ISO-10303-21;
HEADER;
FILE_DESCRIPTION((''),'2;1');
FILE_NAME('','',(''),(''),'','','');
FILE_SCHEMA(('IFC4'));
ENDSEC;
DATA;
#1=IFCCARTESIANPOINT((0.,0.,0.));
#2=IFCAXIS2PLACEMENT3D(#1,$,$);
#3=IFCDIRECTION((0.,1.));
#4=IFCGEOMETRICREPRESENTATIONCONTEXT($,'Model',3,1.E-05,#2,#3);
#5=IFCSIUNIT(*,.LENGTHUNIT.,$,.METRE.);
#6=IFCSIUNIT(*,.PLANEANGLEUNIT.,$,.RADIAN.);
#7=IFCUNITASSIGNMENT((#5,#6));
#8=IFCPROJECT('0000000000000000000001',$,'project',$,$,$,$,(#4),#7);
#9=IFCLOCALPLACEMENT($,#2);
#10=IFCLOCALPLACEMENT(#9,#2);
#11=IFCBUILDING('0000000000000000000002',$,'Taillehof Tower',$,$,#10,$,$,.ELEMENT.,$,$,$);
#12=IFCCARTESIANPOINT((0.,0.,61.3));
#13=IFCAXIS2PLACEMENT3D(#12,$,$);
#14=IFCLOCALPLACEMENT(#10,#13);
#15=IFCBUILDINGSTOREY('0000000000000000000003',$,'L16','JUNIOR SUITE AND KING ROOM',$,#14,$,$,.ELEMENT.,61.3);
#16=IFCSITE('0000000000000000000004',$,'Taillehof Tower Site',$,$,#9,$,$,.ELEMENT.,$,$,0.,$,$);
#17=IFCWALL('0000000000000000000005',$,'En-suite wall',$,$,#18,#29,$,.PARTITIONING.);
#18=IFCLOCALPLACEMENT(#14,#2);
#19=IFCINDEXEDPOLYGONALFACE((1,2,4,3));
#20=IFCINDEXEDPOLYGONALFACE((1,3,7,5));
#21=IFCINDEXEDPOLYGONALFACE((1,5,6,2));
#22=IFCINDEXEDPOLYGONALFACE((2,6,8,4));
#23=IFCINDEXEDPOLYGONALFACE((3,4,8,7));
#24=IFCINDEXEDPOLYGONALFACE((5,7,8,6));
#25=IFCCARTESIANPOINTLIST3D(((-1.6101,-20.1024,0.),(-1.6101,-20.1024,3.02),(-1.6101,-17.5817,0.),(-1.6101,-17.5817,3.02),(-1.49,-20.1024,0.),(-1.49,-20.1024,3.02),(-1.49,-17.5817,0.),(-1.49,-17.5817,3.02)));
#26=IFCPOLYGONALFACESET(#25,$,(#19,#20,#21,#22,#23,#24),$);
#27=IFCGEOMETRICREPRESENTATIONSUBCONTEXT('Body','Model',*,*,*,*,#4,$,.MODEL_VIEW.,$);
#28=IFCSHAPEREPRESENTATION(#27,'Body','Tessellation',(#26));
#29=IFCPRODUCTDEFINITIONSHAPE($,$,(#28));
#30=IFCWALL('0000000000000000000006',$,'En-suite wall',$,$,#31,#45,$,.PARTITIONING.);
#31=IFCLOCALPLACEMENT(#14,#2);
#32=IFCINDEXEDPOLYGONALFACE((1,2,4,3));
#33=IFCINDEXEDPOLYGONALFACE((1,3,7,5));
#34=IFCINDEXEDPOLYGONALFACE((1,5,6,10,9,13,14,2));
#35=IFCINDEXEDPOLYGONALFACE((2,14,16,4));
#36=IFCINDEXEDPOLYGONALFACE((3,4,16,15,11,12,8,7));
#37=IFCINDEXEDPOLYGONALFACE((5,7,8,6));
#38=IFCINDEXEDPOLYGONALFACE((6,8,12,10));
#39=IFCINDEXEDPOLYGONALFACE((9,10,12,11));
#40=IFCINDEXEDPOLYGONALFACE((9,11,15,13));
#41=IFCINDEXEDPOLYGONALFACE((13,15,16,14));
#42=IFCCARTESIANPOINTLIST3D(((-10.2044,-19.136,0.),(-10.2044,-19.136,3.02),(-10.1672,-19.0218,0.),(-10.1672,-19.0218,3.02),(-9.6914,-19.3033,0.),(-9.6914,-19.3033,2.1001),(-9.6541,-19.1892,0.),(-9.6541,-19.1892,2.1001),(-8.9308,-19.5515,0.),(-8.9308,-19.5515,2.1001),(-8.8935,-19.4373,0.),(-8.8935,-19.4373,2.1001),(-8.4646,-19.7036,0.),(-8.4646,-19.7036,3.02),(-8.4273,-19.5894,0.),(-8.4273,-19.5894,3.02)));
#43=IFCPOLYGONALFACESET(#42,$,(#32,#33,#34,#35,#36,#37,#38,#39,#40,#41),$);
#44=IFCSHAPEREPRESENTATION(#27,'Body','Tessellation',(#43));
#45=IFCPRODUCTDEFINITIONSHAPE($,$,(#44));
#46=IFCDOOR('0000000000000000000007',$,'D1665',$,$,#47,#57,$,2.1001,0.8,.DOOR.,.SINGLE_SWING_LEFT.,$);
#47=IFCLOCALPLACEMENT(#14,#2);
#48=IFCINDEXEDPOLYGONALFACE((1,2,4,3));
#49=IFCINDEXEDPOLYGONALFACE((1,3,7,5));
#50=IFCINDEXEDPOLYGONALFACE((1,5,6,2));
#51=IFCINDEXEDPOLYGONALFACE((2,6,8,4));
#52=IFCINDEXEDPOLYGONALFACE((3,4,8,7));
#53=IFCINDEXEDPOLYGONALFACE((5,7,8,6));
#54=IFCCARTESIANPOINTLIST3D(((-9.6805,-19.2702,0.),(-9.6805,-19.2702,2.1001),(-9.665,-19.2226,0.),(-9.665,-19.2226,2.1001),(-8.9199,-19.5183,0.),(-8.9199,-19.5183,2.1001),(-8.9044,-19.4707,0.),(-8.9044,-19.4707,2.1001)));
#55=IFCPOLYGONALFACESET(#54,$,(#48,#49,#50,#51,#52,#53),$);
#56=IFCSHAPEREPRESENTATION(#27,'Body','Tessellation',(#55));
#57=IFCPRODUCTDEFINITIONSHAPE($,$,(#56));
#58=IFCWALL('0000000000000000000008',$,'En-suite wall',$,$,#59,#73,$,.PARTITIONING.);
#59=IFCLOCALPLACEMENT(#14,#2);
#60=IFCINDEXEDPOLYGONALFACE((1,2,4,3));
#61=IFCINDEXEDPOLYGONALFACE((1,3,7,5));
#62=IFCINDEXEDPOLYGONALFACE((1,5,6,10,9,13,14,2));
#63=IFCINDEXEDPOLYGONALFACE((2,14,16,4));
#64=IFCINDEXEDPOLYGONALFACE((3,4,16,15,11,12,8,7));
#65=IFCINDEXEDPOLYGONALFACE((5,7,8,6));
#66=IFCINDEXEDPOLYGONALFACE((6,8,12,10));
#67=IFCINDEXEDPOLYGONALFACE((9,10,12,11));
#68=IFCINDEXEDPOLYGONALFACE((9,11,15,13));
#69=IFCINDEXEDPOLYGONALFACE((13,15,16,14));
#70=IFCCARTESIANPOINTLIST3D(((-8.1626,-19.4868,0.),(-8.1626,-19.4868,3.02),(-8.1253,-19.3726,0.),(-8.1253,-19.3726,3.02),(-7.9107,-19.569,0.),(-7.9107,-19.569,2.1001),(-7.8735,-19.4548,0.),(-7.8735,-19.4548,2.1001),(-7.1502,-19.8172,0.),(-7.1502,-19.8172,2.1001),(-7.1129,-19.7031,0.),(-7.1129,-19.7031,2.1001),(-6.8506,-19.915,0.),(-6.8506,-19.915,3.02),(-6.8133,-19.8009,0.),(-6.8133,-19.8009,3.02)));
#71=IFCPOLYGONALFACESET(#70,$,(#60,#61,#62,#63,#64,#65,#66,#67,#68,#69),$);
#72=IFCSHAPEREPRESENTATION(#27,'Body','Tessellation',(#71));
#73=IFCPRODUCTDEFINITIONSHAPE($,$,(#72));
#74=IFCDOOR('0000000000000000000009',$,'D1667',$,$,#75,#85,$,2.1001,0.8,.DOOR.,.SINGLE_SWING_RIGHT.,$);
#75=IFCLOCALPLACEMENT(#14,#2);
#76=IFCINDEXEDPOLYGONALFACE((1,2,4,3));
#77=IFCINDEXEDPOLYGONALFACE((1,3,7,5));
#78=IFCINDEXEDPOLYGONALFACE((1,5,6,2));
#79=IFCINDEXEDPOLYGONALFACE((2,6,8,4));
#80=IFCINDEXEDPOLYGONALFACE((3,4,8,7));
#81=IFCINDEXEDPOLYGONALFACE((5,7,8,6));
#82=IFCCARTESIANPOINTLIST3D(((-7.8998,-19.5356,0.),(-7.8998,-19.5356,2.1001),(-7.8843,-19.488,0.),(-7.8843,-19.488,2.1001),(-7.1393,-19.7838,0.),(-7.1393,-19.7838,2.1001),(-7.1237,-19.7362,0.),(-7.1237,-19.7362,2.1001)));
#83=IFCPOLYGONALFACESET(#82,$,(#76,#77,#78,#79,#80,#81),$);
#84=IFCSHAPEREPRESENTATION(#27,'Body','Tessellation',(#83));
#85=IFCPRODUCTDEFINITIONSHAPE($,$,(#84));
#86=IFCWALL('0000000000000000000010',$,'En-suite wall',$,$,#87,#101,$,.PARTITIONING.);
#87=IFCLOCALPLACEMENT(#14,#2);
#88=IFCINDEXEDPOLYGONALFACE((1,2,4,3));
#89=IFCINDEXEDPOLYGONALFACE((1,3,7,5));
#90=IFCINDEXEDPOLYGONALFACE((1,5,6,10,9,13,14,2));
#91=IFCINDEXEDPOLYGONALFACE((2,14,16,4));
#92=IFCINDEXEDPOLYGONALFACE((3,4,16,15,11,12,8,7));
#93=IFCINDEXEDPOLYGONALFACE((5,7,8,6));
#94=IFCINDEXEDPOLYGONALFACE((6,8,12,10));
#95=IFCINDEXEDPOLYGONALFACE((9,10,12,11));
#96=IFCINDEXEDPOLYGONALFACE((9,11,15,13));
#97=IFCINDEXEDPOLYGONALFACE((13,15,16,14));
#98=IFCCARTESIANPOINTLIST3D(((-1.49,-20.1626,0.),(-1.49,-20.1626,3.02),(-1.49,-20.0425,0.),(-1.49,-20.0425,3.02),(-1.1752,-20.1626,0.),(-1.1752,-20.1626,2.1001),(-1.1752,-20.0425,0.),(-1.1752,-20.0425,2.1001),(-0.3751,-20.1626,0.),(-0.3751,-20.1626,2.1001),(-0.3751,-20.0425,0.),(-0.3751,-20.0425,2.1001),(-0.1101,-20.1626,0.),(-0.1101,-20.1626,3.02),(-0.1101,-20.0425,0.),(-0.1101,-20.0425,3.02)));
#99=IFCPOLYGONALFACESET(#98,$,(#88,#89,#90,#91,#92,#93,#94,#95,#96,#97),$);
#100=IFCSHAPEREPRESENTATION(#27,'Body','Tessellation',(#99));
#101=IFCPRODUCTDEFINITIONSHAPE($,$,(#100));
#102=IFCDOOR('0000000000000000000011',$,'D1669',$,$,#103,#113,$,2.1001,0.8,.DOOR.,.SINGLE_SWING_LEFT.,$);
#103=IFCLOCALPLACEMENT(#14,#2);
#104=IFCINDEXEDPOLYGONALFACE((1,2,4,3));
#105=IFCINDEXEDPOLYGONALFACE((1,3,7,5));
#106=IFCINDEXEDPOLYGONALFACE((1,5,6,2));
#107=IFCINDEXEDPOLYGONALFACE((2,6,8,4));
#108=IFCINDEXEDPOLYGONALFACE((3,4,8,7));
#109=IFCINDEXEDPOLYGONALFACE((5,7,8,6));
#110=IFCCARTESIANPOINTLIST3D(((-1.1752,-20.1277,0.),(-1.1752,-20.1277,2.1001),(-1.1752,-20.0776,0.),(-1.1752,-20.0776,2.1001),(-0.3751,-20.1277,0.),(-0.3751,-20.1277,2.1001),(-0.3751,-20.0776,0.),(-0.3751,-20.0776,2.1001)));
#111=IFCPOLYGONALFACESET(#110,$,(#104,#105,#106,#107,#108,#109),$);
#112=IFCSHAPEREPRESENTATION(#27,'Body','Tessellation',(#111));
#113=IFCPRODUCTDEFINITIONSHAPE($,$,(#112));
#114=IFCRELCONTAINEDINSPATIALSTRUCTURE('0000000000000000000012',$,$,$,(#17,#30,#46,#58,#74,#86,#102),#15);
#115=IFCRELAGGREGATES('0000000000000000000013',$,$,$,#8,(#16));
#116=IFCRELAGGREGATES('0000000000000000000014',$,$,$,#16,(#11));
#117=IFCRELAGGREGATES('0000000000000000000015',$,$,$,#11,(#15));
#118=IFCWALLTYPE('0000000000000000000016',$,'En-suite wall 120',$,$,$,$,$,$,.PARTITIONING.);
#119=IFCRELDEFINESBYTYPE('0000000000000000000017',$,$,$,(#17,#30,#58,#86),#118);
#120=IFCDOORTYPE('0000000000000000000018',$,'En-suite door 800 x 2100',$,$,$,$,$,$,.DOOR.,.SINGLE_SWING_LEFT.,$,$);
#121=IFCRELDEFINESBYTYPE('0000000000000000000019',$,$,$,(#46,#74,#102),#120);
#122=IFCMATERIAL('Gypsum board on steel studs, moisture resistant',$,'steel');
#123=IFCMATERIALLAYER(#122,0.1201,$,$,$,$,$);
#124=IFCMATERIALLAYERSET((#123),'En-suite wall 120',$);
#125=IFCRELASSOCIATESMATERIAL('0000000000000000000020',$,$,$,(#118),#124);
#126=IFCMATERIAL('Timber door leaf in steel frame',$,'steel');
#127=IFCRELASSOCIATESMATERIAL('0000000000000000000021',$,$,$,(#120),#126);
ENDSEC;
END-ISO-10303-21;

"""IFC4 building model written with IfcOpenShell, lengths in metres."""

from ifc_helpers import new_model, si_unit, direction, frame, frame_2d, origin, place, context, subcontext, project, spatial, rectangle, extrude, material, layer, layer_set, type_object, element, fill, save


model = new_model("IFC4")

# Units and contexts
model_context = context("Model", 3, precision=1e-05, world=origin(), true_north=direction((0.0, 1.0)))
body_context = subcontext(model_context, "Body", "Model", "MODEL_VIEW")
ifc_project = project(units=[si_unit("LENGTHUNIT", "METRE"), si_unit("PLANEANGLEUNIT", "RADIAN")], contexts=[model_context])

# Site, building, storey
site_placement = place(None, origin())
site = spatial("IfcSite", under=ifc_project, at=site_placement, Name="Taillehof Tower Site", CompositionType="ELEMENT", RefElevation=0.0)
building_placement = place(site_placement, origin())
building = spatial("IfcBuilding", under=site, at=building_placement, Name="Taillehof Tower", CompositionType="ELEMENT")
storey_placement = place(building_placement, frame((0.0, 0.0, 61.3)))
storey = spatial("IfcBuildingStorey", under=building, at=storey_placement, Name="L16", Description="JUNIOR SUITE AND KING ROOM", CompositionType="ELEMENT", Elevation=61.3)

# Wall
ifc_material_1 = material(Name="Gypsum board on steel studs, moisture resistant", Category="steel")
ifc_layer_1 = layer(ifc_material_1, 0.1201)
ifc_layer_set_1 = layer_set([ifc_layer_1], Name="En-suite wall 120")
wall_type_1 = type_object("IfcWallType", Name="En-suite wall 120", PredefinedType="PARTITIONING", material=ifc_layer_set_1)
wall_1_placement = place(storey_placement, frame((-1.55, -17.5818, 0.0), z_axis=(0.0, 0.0, 1.0), x_axis=(0.0, -1.0, 0.0)))
element("IfcWall", 1, at=wall_1_placement, inside=storey, type_object=wall_type_1, Name="En-suite wall", PredefinedType="PARTITIONING", context=body_context, shape_type="SweptSolid", body=[
    extrude(rectangle(XDim=2.5208, YDim=0.1201, at=frame_2d((1.2603, 0.0))), origin(), (0.0, 0.0, 1.0), 3.02),
])

# Walls, openings, doors
wall_2_placement = place(storey_placement, frame((-10.1858, -19.0789, 0.0), z_axis=(0.0, 0.0, 1.0), x_axis=(0.950679, -0.310178, 0.0)))
wall_2 = element("IfcWall", 2, at=wall_2_placement, inside=storey, type_object=wall_type_1, Name="En-suite wall", PredefinedType="PARTITIONING", context=body_context, shape_type="SweptSolid", body=[
    extrude(rectangle(XDim=1.8301, YDim=0.1201, at=frame_2d((0.915, 0.0))), origin(), (0.0, 0.0, 1.0), 3.02),
])
opening_1_placement = place(wall_2_placement, frame((0.5398, 0.0, 0.0)))
opening_1 = element("IfcOpeningElement", 3, at=opening_1_placement, cuts=wall_2, PredefinedType="OPENING", context=body_context, shape_type="SweptSolid", body=[
    extrude(rectangle(XDim=0.8, YDim=2.1001, at=frame_2d((0.3999, 1.05))), frame((0.0, 0.0701, 0.0), z_axis=(0.0, -1.0, 0.0), x_axis=(1.0, 0.0, 0.0)), (0.0, 0.0, 1.0), 0.1401),
])
ifc_material_2 = material(Name="Timber door leaf in steel frame", Category="steel")
door_type_1 = type_object("IfcDoorType", Name="En-suite door 800 x 2100", OperationType="SINGLE_SWING_LEFT", PredefinedType="DOOR", material=ifc_material_2)
door_1_placement = place(opening_1_placement, origin())
door_1 = element("IfcDoor", 4, at=door_1_placement, inside=storey, type_object=door_type_1, Name="D1665", OperationType="SINGLE_SWING_LEFT", OverallHeight=2.1001, OverallWidth=0.8, PredefinedType="DOOR", context=body_context, shape_type="SweptSolid", body=[
    extrude(rectangle(XDim=0.8, YDim=2.1001, at=frame_2d((0.3999, 1.05))), frame((0.0, 0.0249, 0.0), z_axis=(0.0, -1.0, 0.0), x_axis=(1.0, 0.0, 0.0)), (0.0, 0.0, 1.0), 0.05),
])
fill(opening_1, door_1)
wall_3_placement = place(storey_placement, frame((-6.832, -19.8579, 0.0), z_axis=(0.0, 0.0, 1.0), x_axis=(-0.950646, 0.310278, 0.0)))
wall_3 = element("IfcWall", 5, at=wall_3_placement, inside=storey, type_object=wall_type_1, Name="En-suite wall", PredefinedType="PARTITIONING", context=body_context, shape_type="SweptSolid", body=[
    extrude(rectangle(XDim=1.3801, YDim=0.1201, at=frame_2d((0.6899, 0.0))), origin(), (0.0, 0.0, 1.0), 3.02),
])
opening_2_placement = place(wall_3_placement, frame((0.3152, 0.0, 0.0)))
opening_2 = element("IfcOpeningElement", 6, at=opening_2_placement, cuts=wall_3, PredefinedType="OPENING", context=body_context, shape_type="SweptSolid", body=[
    extrude(rectangle(XDim=0.8, YDim=2.1001, at=frame_2d((0.3999, 1.05))), frame((0.0, 0.0701, 0.0), z_axis=(0.0, -1.0, 0.0), x_axis=(1.0, 0.0, 0.0)), (0.0, 0.0, 1.0), 0.1401),
])
door_2_placement = place(opening_2_placement, origin())
door_2 = element("IfcDoor", 7, at=door_2_placement, inside=storey, type_object=door_type_1, Name="D1667", OperationType="SINGLE_SWING_RIGHT", OverallHeight=2.1001, OverallWidth=0.8, PredefinedType="DOOR", context=body_context, shape_type="SweptSolid", body=[
    extrude(rectangle(XDim=0.8, YDim=2.1001, at=frame_2d((0.3999, 1.05))), frame((0.0, 0.0249, 0.0), z_axis=(0.0, -1.0, 0.0), x_axis=(1.0, 0.0, 0.0)), (0.0, 0.0, 1.0), 0.05),
])
fill(opening_2, door_2)
wall_4_placement = place(storey_placement, frame((-1.49, -20.1025, 0.0), z_axis=(0.0, 0.0, 1.0), x_axis=(1.0, 0.0, 0.0)))
wall_4 = element("IfcWall", 8, at=wall_4_placement, inside=storey, type_object=wall_type_1, Name="En-suite wall", PredefinedType="PARTITIONING", context=body_context, shape_type="SweptSolid", body=[
    extrude(rectangle(XDim=1.3799, YDim=0.1201, at=frame_2d((0.6899, 0.0))), origin(), (0.0, 0.0, 1.0), 3.02),
])
opening_3_placement = place(wall_4_placement, frame((0.3149, 0.0, 0.0)))
opening_3 = element("IfcOpeningElement", 9, at=opening_3_placement, cuts=wall_4, PredefinedType="OPENING", context=body_context, shape_type="SweptSolid", body=[
    extrude(rectangle(XDim=0.8, YDim=2.1001, at=frame_2d((0.3999, 1.05))), frame((0.0, 0.0701, 0.0), z_axis=(0.0, -1.0, 0.0), x_axis=(1.0, 0.0, 0.0)), (0.0, 0.0, 1.0), 0.1401),
])
door_3_placement = place(opening_3_placement, origin())
door_3 = element("IfcDoor", 10, at=door_3_placement, inside=storey, type_object=door_type_1, Name="D1669", OperationType="SINGLE_SWING_LEFT", OverallHeight=2.1001, OverallWidth=0.8, PredefinedType="DOOR", context=body_context, shape_type="SweptSolid", body=[
    extrude(rectangle(XDim=0.8, YDim=2.1001, at=frame_2d((0.3999, 1.05))), frame((0.0, 0.0249, 0.0), z_axis=(0.0, -1.0, 0.0), x_axis=(1.0, 0.0, 0.0)), (0.0, 0.0, 1.0), 0.05),
])
fill(opening_3, door_3)

save(model, "model.ifc")
